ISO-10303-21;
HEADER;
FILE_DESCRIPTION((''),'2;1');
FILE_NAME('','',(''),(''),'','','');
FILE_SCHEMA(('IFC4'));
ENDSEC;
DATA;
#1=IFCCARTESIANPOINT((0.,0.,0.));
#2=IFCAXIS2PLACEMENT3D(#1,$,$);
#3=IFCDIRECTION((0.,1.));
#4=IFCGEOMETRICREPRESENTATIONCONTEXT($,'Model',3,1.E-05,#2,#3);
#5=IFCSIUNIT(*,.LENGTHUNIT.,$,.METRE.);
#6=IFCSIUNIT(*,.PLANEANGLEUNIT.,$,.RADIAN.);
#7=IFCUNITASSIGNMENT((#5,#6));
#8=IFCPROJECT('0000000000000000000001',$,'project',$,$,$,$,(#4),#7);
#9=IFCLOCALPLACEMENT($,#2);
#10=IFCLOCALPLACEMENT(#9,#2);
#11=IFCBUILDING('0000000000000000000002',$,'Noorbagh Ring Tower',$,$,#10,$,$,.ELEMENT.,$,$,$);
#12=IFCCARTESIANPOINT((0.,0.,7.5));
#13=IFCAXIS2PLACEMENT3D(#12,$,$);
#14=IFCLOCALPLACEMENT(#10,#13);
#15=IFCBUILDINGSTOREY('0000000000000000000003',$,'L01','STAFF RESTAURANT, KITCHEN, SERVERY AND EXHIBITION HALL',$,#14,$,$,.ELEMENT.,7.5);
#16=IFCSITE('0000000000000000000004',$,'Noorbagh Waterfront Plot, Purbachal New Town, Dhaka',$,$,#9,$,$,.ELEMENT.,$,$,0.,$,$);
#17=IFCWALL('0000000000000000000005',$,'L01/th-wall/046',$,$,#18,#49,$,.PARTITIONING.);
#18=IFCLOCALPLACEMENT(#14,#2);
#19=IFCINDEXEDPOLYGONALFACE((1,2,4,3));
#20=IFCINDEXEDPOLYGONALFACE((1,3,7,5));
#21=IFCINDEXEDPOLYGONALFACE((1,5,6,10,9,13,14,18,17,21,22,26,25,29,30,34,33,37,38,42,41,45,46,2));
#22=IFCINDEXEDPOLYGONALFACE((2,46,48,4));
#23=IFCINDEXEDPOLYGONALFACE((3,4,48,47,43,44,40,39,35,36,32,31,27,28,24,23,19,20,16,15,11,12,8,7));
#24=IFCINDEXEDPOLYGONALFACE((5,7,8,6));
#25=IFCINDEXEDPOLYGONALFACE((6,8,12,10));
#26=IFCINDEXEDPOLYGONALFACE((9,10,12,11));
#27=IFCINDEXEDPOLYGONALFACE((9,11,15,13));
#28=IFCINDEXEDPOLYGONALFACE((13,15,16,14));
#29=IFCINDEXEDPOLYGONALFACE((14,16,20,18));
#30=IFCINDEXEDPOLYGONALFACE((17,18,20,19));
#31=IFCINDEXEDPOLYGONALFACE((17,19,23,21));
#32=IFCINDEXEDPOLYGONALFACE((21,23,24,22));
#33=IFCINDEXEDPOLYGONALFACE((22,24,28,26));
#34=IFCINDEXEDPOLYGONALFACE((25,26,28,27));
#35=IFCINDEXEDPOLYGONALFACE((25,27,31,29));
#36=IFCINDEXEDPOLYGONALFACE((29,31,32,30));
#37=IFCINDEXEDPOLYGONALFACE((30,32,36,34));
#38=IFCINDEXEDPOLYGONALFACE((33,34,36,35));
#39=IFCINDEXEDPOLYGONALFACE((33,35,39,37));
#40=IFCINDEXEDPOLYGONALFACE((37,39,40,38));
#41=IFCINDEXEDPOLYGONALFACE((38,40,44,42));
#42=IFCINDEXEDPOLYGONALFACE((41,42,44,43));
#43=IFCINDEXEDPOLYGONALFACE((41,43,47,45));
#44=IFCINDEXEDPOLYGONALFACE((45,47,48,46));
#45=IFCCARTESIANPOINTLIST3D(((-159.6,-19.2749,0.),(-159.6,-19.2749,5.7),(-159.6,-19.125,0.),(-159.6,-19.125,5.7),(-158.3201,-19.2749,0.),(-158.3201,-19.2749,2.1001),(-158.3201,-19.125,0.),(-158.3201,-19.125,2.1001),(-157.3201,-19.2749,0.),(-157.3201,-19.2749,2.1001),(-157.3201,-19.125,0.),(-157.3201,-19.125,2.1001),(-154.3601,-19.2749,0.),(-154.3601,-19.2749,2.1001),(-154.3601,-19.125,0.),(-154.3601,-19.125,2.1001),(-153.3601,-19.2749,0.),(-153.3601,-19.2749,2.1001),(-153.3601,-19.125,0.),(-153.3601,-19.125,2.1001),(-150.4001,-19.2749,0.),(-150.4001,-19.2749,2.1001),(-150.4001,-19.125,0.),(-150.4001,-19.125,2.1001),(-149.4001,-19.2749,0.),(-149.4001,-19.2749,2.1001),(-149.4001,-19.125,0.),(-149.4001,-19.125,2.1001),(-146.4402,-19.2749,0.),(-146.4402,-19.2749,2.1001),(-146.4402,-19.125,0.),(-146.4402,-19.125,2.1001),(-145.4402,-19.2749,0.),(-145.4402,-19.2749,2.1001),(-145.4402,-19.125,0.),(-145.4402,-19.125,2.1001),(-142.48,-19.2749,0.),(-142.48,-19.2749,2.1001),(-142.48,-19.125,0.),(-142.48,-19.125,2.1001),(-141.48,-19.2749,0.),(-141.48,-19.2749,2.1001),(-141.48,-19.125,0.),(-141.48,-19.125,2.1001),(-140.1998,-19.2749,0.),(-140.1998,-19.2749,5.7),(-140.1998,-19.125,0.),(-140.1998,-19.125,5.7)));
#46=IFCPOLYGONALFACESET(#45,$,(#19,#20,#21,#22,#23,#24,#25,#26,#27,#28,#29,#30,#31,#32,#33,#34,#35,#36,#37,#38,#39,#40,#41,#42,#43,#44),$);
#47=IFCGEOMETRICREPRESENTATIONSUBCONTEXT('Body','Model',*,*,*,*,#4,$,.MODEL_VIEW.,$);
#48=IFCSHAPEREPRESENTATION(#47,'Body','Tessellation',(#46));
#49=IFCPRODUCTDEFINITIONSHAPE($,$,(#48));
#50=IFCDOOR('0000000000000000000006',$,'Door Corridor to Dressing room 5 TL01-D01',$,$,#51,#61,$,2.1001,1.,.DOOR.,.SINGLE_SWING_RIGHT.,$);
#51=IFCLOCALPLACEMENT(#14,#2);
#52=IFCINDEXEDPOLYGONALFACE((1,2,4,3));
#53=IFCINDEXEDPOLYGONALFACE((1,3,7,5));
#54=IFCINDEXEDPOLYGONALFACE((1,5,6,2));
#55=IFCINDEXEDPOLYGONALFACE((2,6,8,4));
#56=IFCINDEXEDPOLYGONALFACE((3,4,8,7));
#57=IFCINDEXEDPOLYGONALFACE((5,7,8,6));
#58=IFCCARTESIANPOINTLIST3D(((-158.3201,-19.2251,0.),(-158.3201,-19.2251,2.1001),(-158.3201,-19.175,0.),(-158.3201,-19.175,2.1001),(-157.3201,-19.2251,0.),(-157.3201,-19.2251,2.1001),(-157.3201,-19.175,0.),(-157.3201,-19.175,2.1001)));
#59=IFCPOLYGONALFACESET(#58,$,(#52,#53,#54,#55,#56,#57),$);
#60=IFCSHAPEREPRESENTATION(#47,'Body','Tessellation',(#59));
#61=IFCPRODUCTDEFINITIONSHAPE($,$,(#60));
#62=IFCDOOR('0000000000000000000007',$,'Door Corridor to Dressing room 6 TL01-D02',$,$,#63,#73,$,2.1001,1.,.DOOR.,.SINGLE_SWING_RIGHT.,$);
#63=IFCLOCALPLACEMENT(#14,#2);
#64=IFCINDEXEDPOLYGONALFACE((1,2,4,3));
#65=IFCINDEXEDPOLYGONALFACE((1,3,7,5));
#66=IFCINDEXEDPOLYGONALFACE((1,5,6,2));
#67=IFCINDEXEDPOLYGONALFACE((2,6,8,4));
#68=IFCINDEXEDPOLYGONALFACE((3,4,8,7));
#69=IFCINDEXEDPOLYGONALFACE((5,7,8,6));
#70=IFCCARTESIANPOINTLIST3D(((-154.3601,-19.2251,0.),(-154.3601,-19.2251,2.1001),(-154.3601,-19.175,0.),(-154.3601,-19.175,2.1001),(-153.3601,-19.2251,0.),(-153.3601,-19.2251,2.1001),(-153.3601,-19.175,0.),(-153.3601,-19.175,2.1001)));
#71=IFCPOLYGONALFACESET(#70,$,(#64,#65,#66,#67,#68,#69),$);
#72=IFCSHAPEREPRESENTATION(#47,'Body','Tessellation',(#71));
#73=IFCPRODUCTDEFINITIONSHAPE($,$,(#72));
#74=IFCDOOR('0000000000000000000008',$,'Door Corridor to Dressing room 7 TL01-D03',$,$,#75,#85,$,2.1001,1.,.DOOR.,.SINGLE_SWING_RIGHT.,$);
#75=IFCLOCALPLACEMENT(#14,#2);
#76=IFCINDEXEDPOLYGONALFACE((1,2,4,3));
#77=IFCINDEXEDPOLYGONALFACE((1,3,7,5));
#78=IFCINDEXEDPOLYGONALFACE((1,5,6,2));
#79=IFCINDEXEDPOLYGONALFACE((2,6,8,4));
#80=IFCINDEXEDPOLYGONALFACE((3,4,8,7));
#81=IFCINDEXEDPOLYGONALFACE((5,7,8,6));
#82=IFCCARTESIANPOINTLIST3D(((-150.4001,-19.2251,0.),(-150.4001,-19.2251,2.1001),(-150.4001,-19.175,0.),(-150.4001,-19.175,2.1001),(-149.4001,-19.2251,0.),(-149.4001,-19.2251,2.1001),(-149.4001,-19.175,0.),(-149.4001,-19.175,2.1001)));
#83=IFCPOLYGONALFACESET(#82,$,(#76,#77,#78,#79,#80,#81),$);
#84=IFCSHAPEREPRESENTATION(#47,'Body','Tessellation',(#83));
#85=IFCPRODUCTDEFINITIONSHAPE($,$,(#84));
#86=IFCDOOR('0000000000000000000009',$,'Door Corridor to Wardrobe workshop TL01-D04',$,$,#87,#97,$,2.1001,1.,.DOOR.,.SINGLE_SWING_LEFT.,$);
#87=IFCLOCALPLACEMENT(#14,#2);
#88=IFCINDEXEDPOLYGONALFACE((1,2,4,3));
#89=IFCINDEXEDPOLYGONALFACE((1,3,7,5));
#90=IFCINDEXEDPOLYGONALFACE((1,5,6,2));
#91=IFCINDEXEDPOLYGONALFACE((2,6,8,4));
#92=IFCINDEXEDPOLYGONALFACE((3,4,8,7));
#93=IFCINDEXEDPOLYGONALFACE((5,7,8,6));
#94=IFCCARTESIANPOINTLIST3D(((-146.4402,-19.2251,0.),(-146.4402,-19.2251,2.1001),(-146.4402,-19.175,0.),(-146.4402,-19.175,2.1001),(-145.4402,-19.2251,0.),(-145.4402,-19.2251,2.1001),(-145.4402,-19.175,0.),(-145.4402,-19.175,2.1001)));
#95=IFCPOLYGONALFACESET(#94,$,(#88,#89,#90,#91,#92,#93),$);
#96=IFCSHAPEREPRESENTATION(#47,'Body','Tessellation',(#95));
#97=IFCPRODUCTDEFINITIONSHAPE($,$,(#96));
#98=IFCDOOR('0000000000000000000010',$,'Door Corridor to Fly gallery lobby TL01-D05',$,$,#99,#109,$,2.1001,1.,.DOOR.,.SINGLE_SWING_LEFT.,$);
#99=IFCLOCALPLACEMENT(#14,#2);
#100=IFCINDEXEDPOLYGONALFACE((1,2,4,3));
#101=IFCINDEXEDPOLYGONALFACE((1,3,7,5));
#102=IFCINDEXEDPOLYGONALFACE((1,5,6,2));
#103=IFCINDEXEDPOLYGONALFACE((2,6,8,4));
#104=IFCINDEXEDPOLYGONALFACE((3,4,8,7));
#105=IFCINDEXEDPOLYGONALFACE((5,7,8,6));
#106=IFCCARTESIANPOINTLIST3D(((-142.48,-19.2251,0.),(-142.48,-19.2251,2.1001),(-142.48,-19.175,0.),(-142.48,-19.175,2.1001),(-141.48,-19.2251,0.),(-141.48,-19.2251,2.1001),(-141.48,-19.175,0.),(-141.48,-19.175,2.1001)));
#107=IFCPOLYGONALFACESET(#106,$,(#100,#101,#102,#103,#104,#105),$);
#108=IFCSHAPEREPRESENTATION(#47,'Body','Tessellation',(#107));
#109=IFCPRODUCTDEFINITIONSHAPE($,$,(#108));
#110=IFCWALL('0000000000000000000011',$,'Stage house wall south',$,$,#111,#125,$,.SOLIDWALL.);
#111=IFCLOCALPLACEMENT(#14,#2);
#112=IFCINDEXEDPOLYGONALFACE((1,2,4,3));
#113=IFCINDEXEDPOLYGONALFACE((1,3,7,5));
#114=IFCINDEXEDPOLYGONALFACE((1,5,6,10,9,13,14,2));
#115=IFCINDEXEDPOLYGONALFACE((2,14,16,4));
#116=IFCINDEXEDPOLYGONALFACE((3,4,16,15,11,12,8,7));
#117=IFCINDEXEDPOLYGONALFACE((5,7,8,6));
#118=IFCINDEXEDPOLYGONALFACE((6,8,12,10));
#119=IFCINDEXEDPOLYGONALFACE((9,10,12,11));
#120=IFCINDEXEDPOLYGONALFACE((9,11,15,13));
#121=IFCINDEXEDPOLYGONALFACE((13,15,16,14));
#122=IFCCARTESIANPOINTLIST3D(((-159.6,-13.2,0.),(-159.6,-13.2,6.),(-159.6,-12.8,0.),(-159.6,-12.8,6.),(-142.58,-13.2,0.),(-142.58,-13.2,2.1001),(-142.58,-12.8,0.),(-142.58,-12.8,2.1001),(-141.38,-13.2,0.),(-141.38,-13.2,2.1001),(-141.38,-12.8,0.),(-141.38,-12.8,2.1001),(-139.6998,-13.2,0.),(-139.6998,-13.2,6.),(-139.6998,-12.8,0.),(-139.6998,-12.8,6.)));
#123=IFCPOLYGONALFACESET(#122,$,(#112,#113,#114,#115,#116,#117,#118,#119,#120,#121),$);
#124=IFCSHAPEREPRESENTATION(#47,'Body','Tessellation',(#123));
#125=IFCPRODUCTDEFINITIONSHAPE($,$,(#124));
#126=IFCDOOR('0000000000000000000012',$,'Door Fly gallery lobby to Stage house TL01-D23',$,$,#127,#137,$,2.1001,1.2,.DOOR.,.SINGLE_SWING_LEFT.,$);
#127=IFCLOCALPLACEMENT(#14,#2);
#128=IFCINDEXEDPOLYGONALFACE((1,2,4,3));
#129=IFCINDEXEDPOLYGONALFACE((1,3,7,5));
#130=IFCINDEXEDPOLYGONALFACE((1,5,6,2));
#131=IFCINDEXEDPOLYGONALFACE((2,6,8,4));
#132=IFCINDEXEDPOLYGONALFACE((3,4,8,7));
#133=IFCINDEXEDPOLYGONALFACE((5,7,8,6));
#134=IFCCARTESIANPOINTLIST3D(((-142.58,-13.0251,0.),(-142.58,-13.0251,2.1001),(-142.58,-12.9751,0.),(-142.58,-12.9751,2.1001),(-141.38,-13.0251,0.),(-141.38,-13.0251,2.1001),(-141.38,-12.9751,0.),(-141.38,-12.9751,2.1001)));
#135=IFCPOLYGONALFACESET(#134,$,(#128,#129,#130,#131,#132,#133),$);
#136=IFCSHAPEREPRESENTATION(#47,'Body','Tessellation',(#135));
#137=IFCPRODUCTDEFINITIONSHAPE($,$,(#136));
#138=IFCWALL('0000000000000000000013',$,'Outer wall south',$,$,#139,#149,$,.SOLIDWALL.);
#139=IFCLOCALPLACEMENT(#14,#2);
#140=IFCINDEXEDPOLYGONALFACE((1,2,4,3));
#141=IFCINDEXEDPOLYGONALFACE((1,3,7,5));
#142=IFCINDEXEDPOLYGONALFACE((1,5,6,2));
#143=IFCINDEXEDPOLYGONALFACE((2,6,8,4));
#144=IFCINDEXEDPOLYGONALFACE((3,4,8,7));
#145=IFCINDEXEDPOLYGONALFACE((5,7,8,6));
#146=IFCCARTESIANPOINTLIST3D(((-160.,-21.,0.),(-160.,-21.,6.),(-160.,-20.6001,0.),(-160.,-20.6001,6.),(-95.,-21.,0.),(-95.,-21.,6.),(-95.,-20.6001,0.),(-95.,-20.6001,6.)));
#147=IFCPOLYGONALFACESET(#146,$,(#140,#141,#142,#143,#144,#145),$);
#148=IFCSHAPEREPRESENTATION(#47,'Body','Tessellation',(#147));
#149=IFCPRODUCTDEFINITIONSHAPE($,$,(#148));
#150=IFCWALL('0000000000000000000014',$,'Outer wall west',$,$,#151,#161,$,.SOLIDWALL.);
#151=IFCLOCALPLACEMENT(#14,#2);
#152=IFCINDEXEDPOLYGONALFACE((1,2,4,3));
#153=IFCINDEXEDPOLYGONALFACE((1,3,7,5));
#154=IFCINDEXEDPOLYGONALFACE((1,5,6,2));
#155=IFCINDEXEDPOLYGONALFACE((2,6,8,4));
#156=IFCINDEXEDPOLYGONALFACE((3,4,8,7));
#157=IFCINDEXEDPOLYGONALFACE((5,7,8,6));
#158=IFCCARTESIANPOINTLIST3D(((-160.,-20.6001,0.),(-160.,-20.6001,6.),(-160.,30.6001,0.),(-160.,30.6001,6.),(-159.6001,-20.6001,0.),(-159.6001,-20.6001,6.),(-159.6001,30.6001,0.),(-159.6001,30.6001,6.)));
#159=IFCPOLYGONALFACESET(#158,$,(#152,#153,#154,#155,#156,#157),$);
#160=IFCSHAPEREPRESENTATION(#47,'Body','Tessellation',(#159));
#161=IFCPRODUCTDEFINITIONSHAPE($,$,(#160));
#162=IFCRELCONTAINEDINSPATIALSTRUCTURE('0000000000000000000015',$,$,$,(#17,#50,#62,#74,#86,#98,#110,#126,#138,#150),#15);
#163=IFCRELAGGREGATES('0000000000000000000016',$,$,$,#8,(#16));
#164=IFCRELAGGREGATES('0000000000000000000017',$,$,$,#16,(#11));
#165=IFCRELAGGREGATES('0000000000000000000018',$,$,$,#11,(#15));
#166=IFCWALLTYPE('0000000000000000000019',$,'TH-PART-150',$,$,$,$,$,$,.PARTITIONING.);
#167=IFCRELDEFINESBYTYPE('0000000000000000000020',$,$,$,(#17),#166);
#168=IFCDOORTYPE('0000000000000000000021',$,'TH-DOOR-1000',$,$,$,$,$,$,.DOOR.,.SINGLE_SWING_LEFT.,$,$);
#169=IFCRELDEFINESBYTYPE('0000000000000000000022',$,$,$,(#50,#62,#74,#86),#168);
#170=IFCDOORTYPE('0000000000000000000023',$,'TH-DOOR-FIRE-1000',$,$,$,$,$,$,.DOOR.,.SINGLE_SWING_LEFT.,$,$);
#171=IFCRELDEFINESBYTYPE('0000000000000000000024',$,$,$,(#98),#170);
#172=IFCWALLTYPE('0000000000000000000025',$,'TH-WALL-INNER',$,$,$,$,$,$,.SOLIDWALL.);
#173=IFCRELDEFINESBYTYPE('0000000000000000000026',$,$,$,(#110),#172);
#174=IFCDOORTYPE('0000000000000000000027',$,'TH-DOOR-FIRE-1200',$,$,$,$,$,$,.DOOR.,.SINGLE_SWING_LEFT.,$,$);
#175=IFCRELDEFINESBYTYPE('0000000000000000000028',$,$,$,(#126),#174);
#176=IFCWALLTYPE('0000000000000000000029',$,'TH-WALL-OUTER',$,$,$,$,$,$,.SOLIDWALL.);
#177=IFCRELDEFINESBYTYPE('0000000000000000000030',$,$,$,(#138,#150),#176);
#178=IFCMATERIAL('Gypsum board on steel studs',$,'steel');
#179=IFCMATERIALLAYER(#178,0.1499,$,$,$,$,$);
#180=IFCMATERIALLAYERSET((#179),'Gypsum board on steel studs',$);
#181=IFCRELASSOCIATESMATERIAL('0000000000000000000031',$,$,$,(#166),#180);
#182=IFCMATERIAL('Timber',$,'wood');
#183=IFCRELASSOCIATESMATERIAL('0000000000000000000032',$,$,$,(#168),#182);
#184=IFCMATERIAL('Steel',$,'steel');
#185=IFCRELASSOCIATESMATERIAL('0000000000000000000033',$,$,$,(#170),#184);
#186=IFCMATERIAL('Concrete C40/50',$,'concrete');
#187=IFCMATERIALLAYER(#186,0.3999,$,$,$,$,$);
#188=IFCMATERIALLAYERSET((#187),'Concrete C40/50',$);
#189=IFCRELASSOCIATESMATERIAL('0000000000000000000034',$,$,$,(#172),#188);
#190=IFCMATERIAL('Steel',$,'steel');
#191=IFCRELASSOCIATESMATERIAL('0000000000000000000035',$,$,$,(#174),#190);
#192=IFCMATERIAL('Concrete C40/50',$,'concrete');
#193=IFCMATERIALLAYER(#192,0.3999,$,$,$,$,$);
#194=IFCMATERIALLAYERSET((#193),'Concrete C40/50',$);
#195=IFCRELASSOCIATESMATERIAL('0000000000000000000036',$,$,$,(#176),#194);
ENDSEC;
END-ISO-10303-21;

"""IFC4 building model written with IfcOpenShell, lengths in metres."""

from ifc_helpers import new_model, si_unit, direction, frame, frame_2d, origin, place, context, subcontext, project, spatial, rectangle, extrude, material, layer, layer_set, type_object, element, fill, save


model = new_model("IFC4")

# Units and contexts
model_context = context("Model", 3, precision=1e-05, world=origin(), true_north=direction((0.0, 1.0)))
body_context = subcontext(model_context, "Body", "Model", "MODEL_VIEW")
ifc_project = project(units=[si_unit("LENGTHUNIT", "METRE"), si_unit("PLANEANGLEUNIT", "RADIAN")], contexts=[model_context])

# Site, building, storey
site_placement = place(None, origin())
site = spatial("IfcSite", under=ifc_project, at=site_placement, Name="Noorbagh Waterfront Plot, Purbachal New Town, Dhaka", CompositionType="ELEMENT", RefElevation=0.0)
building_placement = place(site_placement, origin())
building = spatial("IfcBuilding", under=site, at=building_placement, Name="Noorbagh Ring Tower", CompositionType="ELEMENT")
storey_placement = place(building_placement, frame((0.0, 0.0, 7.5)))
storey = spatial("IfcBuildingStorey", under=building, at=storey_placement, Name="L01", Description="STAFF RESTAURANT, KITCHEN, SERVERY AND EXHIBITION HALL", CompositionType="ELEMENT", Elevation=7.5)

# Wall, openings, doors
ifc_material_1 = material(Name="Gypsum board on steel studs", Category="steel")
ifc_layer_1 = layer(ifc_material_1, 0.1499)
ifc_layer_set_1 = layer_set([ifc_layer_1], Name="Gypsum board on steel studs")
wall_type_1 = type_object("IfcWallType", Name="TH-PART-150", PredefinedType="PARTITIONING", material=ifc_layer_set_1)
wall_1_placement = place(storey_placement, frame((-159.6001, -19.2, 0.0), z_axis=(0.0, 0.0, 1.0), x_axis=(1.0, 0.0, 0.0)))
wall_1 = element("IfcWall", 1, at=wall_1_placement, inside=storey, type_object=wall_type_1, Name="L01/th-wall/046", PredefinedType="PARTITIONING", context=body_context, shape_type="SweptSolid", body=[
    extrude(rectangle(XDim=19.4001, YDim=0.1499, at=frame_2d((9.7002, 0.0))), origin(), (0.0, 0.0, 1.0), 5.7),
])
opening_1_placement = place(wall_1_placement, frame((1.28, 0.0, 0.0)))
opening_1 = element("IfcOpeningElement", 2, at=opening_1_placement, cuts=wall_1, PredefinedType="OPENING", context=body_context, shape_type="SweptSolid", body=[
    extrude(rectangle(XDim=1.0, YDim=2.1001, at=frame_2d((0.5, 1.05))), frame((0.0, 0.085, 0.0), z_axis=(0.0, -1.0, 0.0), x_axis=(1.0, 0.0, 0.0)), (0.0, 0.0, 1.0), 0.1699),
])
opening_2_placement = place(wall_1_placement, frame((5.24, 0.0, 0.0)))
opening_2 = element("IfcOpeningElement", 3, at=opening_2_placement, cuts=wall_1, PredefinedType="OPENING", context=body_context, shape_type="SweptSolid", body=[
    extrude(rectangle(XDim=1.0, YDim=2.1001, at=frame_2d((0.5, 1.05))), frame((0.0, 0.085, 0.0), z_axis=(0.0, -1.0, 0.0), x_axis=(1.0, 0.0, 0.0)), (0.0, 0.0, 1.0), 0.1699),
])
opening_3_placement = place(wall_1_placement, frame((9.2, 0.0, 0.0)))
opening_3 = element("IfcOpeningElement", 4, at=opening_3_placement, cuts=wall_1, PredefinedType="OPENING", context=body_context, shape_type="SweptSolid", body=[
    extrude(rectangle(XDim=1.0, YDim=2.1001, at=frame_2d((0.5, 1.05))), frame((0.0, 0.085, 0.0), z_axis=(0.0, -1.0, 0.0), x_axis=(1.0, 0.0, 0.0)), (0.0, 0.0, 1.0), 0.1699),
])
opening_4_placement = place(wall_1_placement, frame((13.1599, 0.0, 0.0)))
opening_4 = element("IfcOpeningElement", 5, at=opening_4_placement, cuts=wall_1, PredefinedType="OPENING", context=body_context, shape_type="SweptSolid", body=[
    extrude(rectangle(XDim=1.0, YDim=2.1001, at=frame_2d((0.5, 1.05))), frame((0.0, 0.085, 0.0), z_axis=(0.0, -1.0, 0.0), x_axis=(1.0, 0.0, 0.0)), (0.0, 0.0, 1.0), 0.1699),
])
opening_5_placement = place(wall_1_placement, frame((17.1201, 0.0, 0.0)))
opening_5 = element("IfcOpeningElement", 6, at=opening_5_placement, cuts=wall_1, PredefinedType="OPENING", context=body_context, shape_type="SweptSolid", body=[
    extrude(rectangle(XDim=1.0, YDim=2.1001, at=frame_2d((0.5, 1.05))), frame((0.0, 0.085, 0.0), z_axis=(0.0, -1.0, 0.0), x_axis=(1.0, 0.0, 0.0)), (0.0, 0.0, 1.0), 0.1699),
])
ifc_material_2 = material(Name="Timber", Category="wood")
door_type_1 = type_object("IfcDoorType", Name="TH-DOOR-1000", OperationType="SINGLE_SWING_LEFT", PredefinedType="DOOR", material=ifc_material_2)
door_1_placement = place(opening_1_placement, origin())
door_1 = element("IfcDoor", 7, at=door_1_placement, inside=storey, type_object=door_type_1, Name="Door Corridor to Dressing room 5 TL01-D01", OperationType="SINGLE_SWING_RIGHT", OverallHeight=2.1001, OverallWidth=1.0, PredefinedType="DOOR", context=body_context, shape_type="SweptSolid", body=[
    extrude(rectangle(XDim=1.0, YDim=2.1001, at=frame_2d((0.5, 1.05))), frame((0.0, 0.0249, 0.0), z_axis=(0.0, -1.0, 0.0), x_axis=(1.0, 0.0, 0.0)), (0.0, 0.0, 1.0), 0.05),
])
fill(opening_1, door_1)
door_2_placement = place(opening_2_placement, origin())
door_2 = element("IfcDoor", 8, at=door_2_placement, inside=storey, type_object=door_type_1, Name="Door Corridor to Dressing room 6 TL01-D02", OperationType="SINGLE_SWING_RIGHT", OverallHeight=2.1001, OverallWidth=1.0, PredefinedType="DOOR", context=body_context, shape_type="SweptSolid", body=[
    extrude(rectangle(XDim=1.0, YDim=2.1001, at=frame_2d((0.5, 1.05))), frame((0.0, 0.0249, 0.0), z_axis=(0.0, -1.0, 0.0), x_axis=(1.0, 0.0, 0.0)), (0.0, 0.0, 1.0), 0.05),
])
fill(opening_2, door_2)
door_3_placement = place(opening_3_placement, origin())
door_3 = element("IfcDoor", 9, at=door_3_placement, inside=storey, type_object=door_type_1, Name="Door Corridor to Dressing room 7 TL01-D03", OperationType="SINGLE_SWING_RIGHT", OverallHeight=2.1001, OverallWidth=1.0, PredefinedType="DOOR", context=body_context, shape_type="SweptSolid", body=[
    extrude(rectangle(XDim=1.0, YDim=2.1001, at=frame_2d((0.5, 1.05))), frame((0.0, 0.0249, 0.0), z_axis=(0.0, -1.0, 0.0), x_axis=(1.0, 0.0, 0.0)), (0.0, 0.0, 1.0), 0.05),
])
fill(opening_3, door_3)
door_4_placement = place(opening_4_placement, origin())
door_4 = element("IfcDoor", 10, at=door_4_placement, inside=storey, type_object=door_type_1, Name="Door Corridor to Wardrobe workshop TL01-D04", OperationType="SINGLE_SWING_LEFT", OverallHeight=2.1001, OverallWidth=1.0, PredefinedType="DOOR", context=body_context, shape_type="SweptSolid", body=[
    extrude(rectangle(XDim=1.0, YDim=2.1001, at=frame_2d((0.5, 1.05))), frame((0.0, 0.0249, 0.0), z_axis=(0.0, -1.0, 0.0), x_axis=(1.0, 0.0, 0.0)), (0.0, 0.0, 1.0), 0.05),
])
fill(opening_4, door_4)
ifc_material_3 = material(Name="Steel", Category="steel")
door_type_2 = type_object("IfcDoorType", Name="TH-DOOR-FIRE-1000", OperationType="SINGLE_SWING_LEFT", PredefinedType="DOOR", material=ifc_material_3)
door_5_placement = place(opening_5_placement, origin())
door_5 = element("IfcDoor", 11, at=door_5_placement, inside=storey, type_object=door_type_2, Name="Door Corridor to Fly gallery lobby TL01-D05", OperationType="SINGLE_SWING_LEFT", OverallHeight=2.1001, OverallWidth=1.0, PredefinedType="DOOR", context=body_context, shape_type="SweptSolid", body=[
    extrude(rectangle(XDim=1.0, YDim=2.1001, at=frame_2d((0.5, 1.05))), frame((0.0, 0.0249, 0.0), z_axis=(0.0, -1.0, 0.0), x_axis=(1.0, 0.0, 0.0)), (0.0, 0.0, 1.0), 0.05),
])
fill(opening_5, door_5)

# Wall, opening, door
ifc_material_4 = material(Name="Concrete C40/50", Category="concrete")
ifc_layer_2 = layer(ifc_material_4, 0.3999)
ifc_layer_set_2 = layer_set([ifc_layer_2], Name="Concrete C40/50")
wall_type_2 = type_object("IfcWallType", Name="TH-WALL-INNER", PredefinedType="SOLIDWALL", material=ifc_layer_set_2)
wall_2_placement = place(storey_placement, frame((-159.6001, -13.0, 0.0), z_axis=(0.0, 0.0, 1.0), x_axis=(1.0, 0.0, 0.0)))
wall_2 = element("IfcWall", 12, at=wall_2_placement, inside=storey, type_object=wall_type_2, Name="Stage house wall south", PredefinedType="SOLIDWALL", context=body_context, shape_type="SweptSolid", body=[
    extrude(rectangle(XDim=19.9001, YDim=0.3999, at=frame_2d((9.9502, 0.0))), origin(), (0.0, 0.0, 1.0), 6.0),
])
opening_6_placement = place(wall_2_placement, frame((17.02, 0.0, 0.0)))
opening_6 = element("IfcOpeningElement", 13, at=opening_6_placement, cuts=wall_2, PredefinedType="OPENING", context=body_context, shape_type="SweptSolid", body=[
    extrude(rectangle(XDim=1.2, YDim=2.1001, at=frame_2d((0.6001, 1.05))), frame((0.0, 0.21, 0.0), z_axis=(0.0, -1.0, 0.0), x_axis=(1.0, 0.0, 0.0)), (0.0, 0.0, 1.0), 0.4199),
])
ifc_material_5 = material(Name="Steel", Category="steel")
door_type_3 = type_object("IfcDoorType", Name="TH-DOOR-FIRE-1200", OperationType="SINGLE_SWING_LEFT", PredefinedType="DOOR", material=ifc_material_5)
door_6_placement = place(opening_6_placement, origin())
door_6 = element("IfcDoor", 14, at=door_6_placement, inside=storey, type_object=door_type_3, Name="Door Fly gallery lobby to Stage house TL01-D23", OperationType="SINGLE_SWING_LEFT", OverallHeight=2.1001, OverallWidth=1.2, PredefinedType="DOOR", context=body_context, shape_type="SweptSolid", body=[
    extrude(rectangle(XDim=1.2, YDim=2.1001, at=frame_2d((0.6001, 1.05))), frame((0.0, 0.0249, 0.0), z_axis=(0.0, -1.0, 0.0), x_axis=(1.0, 0.0, 0.0)), (0.0, 0.0, 1.0), 0.05),
])
fill(opening_6, door_6)

# Walls
ifc_material_6 = material(Name="Concrete C40/50", Category="concrete")
ifc_layer_3 = layer(ifc_material_6, 0.3999)
ifc_layer_set_3 = layer_set([ifc_layer_3], Name="Concrete C40/50")
wall_type_3 = type_object("IfcWallType", Name="TH-WALL-OUTER", PredefinedType="SOLIDWALL", material=ifc_layer_set_3)
wall_3_placement = place(storey_placement, frame((-160.0, -20.8, 0.0), z_axis=(0.0, 0.0, 1.0), x_axis=(1.0, 0.0, 0.0)))
element("IfcWall", 15, at=wall_3_placement, inside=storey, type_object=wall_type_3, Name="Outer wall south", PredefinedType="SOLIDWALL", context=body_context, shape_type="SweptSolid", body=[
    extrude(rectangle(XDim=65.0, YDim=0.3999, at=frame_2d((32.5, 0.0))), origin(), (0.0, 0.0, 1.0), 6.0),
])
wall_4_placement = place(storey_placement, frame((-159.8, -20.6001, 0.0), z_axis=(0.0, 0.0, 1.0), x_axis=(0.0, 1.0, 0.0)))
element("IfcWall", 16, at=wall_4_placement, inside=storey, type_object=wall_type_3, Name="Outer wall west", PredefinedType="SOLIDWALL", context=body_context, shape_type="SweptSolid", body=[
    extrude(rectangle(XDim=51.2002, YDim=0.3999, at=frame_2d((25.6001, 0.0))), origin(), (0.0, 0.0, 1.0), 6.0),
])

save(model, "model.ifc")
